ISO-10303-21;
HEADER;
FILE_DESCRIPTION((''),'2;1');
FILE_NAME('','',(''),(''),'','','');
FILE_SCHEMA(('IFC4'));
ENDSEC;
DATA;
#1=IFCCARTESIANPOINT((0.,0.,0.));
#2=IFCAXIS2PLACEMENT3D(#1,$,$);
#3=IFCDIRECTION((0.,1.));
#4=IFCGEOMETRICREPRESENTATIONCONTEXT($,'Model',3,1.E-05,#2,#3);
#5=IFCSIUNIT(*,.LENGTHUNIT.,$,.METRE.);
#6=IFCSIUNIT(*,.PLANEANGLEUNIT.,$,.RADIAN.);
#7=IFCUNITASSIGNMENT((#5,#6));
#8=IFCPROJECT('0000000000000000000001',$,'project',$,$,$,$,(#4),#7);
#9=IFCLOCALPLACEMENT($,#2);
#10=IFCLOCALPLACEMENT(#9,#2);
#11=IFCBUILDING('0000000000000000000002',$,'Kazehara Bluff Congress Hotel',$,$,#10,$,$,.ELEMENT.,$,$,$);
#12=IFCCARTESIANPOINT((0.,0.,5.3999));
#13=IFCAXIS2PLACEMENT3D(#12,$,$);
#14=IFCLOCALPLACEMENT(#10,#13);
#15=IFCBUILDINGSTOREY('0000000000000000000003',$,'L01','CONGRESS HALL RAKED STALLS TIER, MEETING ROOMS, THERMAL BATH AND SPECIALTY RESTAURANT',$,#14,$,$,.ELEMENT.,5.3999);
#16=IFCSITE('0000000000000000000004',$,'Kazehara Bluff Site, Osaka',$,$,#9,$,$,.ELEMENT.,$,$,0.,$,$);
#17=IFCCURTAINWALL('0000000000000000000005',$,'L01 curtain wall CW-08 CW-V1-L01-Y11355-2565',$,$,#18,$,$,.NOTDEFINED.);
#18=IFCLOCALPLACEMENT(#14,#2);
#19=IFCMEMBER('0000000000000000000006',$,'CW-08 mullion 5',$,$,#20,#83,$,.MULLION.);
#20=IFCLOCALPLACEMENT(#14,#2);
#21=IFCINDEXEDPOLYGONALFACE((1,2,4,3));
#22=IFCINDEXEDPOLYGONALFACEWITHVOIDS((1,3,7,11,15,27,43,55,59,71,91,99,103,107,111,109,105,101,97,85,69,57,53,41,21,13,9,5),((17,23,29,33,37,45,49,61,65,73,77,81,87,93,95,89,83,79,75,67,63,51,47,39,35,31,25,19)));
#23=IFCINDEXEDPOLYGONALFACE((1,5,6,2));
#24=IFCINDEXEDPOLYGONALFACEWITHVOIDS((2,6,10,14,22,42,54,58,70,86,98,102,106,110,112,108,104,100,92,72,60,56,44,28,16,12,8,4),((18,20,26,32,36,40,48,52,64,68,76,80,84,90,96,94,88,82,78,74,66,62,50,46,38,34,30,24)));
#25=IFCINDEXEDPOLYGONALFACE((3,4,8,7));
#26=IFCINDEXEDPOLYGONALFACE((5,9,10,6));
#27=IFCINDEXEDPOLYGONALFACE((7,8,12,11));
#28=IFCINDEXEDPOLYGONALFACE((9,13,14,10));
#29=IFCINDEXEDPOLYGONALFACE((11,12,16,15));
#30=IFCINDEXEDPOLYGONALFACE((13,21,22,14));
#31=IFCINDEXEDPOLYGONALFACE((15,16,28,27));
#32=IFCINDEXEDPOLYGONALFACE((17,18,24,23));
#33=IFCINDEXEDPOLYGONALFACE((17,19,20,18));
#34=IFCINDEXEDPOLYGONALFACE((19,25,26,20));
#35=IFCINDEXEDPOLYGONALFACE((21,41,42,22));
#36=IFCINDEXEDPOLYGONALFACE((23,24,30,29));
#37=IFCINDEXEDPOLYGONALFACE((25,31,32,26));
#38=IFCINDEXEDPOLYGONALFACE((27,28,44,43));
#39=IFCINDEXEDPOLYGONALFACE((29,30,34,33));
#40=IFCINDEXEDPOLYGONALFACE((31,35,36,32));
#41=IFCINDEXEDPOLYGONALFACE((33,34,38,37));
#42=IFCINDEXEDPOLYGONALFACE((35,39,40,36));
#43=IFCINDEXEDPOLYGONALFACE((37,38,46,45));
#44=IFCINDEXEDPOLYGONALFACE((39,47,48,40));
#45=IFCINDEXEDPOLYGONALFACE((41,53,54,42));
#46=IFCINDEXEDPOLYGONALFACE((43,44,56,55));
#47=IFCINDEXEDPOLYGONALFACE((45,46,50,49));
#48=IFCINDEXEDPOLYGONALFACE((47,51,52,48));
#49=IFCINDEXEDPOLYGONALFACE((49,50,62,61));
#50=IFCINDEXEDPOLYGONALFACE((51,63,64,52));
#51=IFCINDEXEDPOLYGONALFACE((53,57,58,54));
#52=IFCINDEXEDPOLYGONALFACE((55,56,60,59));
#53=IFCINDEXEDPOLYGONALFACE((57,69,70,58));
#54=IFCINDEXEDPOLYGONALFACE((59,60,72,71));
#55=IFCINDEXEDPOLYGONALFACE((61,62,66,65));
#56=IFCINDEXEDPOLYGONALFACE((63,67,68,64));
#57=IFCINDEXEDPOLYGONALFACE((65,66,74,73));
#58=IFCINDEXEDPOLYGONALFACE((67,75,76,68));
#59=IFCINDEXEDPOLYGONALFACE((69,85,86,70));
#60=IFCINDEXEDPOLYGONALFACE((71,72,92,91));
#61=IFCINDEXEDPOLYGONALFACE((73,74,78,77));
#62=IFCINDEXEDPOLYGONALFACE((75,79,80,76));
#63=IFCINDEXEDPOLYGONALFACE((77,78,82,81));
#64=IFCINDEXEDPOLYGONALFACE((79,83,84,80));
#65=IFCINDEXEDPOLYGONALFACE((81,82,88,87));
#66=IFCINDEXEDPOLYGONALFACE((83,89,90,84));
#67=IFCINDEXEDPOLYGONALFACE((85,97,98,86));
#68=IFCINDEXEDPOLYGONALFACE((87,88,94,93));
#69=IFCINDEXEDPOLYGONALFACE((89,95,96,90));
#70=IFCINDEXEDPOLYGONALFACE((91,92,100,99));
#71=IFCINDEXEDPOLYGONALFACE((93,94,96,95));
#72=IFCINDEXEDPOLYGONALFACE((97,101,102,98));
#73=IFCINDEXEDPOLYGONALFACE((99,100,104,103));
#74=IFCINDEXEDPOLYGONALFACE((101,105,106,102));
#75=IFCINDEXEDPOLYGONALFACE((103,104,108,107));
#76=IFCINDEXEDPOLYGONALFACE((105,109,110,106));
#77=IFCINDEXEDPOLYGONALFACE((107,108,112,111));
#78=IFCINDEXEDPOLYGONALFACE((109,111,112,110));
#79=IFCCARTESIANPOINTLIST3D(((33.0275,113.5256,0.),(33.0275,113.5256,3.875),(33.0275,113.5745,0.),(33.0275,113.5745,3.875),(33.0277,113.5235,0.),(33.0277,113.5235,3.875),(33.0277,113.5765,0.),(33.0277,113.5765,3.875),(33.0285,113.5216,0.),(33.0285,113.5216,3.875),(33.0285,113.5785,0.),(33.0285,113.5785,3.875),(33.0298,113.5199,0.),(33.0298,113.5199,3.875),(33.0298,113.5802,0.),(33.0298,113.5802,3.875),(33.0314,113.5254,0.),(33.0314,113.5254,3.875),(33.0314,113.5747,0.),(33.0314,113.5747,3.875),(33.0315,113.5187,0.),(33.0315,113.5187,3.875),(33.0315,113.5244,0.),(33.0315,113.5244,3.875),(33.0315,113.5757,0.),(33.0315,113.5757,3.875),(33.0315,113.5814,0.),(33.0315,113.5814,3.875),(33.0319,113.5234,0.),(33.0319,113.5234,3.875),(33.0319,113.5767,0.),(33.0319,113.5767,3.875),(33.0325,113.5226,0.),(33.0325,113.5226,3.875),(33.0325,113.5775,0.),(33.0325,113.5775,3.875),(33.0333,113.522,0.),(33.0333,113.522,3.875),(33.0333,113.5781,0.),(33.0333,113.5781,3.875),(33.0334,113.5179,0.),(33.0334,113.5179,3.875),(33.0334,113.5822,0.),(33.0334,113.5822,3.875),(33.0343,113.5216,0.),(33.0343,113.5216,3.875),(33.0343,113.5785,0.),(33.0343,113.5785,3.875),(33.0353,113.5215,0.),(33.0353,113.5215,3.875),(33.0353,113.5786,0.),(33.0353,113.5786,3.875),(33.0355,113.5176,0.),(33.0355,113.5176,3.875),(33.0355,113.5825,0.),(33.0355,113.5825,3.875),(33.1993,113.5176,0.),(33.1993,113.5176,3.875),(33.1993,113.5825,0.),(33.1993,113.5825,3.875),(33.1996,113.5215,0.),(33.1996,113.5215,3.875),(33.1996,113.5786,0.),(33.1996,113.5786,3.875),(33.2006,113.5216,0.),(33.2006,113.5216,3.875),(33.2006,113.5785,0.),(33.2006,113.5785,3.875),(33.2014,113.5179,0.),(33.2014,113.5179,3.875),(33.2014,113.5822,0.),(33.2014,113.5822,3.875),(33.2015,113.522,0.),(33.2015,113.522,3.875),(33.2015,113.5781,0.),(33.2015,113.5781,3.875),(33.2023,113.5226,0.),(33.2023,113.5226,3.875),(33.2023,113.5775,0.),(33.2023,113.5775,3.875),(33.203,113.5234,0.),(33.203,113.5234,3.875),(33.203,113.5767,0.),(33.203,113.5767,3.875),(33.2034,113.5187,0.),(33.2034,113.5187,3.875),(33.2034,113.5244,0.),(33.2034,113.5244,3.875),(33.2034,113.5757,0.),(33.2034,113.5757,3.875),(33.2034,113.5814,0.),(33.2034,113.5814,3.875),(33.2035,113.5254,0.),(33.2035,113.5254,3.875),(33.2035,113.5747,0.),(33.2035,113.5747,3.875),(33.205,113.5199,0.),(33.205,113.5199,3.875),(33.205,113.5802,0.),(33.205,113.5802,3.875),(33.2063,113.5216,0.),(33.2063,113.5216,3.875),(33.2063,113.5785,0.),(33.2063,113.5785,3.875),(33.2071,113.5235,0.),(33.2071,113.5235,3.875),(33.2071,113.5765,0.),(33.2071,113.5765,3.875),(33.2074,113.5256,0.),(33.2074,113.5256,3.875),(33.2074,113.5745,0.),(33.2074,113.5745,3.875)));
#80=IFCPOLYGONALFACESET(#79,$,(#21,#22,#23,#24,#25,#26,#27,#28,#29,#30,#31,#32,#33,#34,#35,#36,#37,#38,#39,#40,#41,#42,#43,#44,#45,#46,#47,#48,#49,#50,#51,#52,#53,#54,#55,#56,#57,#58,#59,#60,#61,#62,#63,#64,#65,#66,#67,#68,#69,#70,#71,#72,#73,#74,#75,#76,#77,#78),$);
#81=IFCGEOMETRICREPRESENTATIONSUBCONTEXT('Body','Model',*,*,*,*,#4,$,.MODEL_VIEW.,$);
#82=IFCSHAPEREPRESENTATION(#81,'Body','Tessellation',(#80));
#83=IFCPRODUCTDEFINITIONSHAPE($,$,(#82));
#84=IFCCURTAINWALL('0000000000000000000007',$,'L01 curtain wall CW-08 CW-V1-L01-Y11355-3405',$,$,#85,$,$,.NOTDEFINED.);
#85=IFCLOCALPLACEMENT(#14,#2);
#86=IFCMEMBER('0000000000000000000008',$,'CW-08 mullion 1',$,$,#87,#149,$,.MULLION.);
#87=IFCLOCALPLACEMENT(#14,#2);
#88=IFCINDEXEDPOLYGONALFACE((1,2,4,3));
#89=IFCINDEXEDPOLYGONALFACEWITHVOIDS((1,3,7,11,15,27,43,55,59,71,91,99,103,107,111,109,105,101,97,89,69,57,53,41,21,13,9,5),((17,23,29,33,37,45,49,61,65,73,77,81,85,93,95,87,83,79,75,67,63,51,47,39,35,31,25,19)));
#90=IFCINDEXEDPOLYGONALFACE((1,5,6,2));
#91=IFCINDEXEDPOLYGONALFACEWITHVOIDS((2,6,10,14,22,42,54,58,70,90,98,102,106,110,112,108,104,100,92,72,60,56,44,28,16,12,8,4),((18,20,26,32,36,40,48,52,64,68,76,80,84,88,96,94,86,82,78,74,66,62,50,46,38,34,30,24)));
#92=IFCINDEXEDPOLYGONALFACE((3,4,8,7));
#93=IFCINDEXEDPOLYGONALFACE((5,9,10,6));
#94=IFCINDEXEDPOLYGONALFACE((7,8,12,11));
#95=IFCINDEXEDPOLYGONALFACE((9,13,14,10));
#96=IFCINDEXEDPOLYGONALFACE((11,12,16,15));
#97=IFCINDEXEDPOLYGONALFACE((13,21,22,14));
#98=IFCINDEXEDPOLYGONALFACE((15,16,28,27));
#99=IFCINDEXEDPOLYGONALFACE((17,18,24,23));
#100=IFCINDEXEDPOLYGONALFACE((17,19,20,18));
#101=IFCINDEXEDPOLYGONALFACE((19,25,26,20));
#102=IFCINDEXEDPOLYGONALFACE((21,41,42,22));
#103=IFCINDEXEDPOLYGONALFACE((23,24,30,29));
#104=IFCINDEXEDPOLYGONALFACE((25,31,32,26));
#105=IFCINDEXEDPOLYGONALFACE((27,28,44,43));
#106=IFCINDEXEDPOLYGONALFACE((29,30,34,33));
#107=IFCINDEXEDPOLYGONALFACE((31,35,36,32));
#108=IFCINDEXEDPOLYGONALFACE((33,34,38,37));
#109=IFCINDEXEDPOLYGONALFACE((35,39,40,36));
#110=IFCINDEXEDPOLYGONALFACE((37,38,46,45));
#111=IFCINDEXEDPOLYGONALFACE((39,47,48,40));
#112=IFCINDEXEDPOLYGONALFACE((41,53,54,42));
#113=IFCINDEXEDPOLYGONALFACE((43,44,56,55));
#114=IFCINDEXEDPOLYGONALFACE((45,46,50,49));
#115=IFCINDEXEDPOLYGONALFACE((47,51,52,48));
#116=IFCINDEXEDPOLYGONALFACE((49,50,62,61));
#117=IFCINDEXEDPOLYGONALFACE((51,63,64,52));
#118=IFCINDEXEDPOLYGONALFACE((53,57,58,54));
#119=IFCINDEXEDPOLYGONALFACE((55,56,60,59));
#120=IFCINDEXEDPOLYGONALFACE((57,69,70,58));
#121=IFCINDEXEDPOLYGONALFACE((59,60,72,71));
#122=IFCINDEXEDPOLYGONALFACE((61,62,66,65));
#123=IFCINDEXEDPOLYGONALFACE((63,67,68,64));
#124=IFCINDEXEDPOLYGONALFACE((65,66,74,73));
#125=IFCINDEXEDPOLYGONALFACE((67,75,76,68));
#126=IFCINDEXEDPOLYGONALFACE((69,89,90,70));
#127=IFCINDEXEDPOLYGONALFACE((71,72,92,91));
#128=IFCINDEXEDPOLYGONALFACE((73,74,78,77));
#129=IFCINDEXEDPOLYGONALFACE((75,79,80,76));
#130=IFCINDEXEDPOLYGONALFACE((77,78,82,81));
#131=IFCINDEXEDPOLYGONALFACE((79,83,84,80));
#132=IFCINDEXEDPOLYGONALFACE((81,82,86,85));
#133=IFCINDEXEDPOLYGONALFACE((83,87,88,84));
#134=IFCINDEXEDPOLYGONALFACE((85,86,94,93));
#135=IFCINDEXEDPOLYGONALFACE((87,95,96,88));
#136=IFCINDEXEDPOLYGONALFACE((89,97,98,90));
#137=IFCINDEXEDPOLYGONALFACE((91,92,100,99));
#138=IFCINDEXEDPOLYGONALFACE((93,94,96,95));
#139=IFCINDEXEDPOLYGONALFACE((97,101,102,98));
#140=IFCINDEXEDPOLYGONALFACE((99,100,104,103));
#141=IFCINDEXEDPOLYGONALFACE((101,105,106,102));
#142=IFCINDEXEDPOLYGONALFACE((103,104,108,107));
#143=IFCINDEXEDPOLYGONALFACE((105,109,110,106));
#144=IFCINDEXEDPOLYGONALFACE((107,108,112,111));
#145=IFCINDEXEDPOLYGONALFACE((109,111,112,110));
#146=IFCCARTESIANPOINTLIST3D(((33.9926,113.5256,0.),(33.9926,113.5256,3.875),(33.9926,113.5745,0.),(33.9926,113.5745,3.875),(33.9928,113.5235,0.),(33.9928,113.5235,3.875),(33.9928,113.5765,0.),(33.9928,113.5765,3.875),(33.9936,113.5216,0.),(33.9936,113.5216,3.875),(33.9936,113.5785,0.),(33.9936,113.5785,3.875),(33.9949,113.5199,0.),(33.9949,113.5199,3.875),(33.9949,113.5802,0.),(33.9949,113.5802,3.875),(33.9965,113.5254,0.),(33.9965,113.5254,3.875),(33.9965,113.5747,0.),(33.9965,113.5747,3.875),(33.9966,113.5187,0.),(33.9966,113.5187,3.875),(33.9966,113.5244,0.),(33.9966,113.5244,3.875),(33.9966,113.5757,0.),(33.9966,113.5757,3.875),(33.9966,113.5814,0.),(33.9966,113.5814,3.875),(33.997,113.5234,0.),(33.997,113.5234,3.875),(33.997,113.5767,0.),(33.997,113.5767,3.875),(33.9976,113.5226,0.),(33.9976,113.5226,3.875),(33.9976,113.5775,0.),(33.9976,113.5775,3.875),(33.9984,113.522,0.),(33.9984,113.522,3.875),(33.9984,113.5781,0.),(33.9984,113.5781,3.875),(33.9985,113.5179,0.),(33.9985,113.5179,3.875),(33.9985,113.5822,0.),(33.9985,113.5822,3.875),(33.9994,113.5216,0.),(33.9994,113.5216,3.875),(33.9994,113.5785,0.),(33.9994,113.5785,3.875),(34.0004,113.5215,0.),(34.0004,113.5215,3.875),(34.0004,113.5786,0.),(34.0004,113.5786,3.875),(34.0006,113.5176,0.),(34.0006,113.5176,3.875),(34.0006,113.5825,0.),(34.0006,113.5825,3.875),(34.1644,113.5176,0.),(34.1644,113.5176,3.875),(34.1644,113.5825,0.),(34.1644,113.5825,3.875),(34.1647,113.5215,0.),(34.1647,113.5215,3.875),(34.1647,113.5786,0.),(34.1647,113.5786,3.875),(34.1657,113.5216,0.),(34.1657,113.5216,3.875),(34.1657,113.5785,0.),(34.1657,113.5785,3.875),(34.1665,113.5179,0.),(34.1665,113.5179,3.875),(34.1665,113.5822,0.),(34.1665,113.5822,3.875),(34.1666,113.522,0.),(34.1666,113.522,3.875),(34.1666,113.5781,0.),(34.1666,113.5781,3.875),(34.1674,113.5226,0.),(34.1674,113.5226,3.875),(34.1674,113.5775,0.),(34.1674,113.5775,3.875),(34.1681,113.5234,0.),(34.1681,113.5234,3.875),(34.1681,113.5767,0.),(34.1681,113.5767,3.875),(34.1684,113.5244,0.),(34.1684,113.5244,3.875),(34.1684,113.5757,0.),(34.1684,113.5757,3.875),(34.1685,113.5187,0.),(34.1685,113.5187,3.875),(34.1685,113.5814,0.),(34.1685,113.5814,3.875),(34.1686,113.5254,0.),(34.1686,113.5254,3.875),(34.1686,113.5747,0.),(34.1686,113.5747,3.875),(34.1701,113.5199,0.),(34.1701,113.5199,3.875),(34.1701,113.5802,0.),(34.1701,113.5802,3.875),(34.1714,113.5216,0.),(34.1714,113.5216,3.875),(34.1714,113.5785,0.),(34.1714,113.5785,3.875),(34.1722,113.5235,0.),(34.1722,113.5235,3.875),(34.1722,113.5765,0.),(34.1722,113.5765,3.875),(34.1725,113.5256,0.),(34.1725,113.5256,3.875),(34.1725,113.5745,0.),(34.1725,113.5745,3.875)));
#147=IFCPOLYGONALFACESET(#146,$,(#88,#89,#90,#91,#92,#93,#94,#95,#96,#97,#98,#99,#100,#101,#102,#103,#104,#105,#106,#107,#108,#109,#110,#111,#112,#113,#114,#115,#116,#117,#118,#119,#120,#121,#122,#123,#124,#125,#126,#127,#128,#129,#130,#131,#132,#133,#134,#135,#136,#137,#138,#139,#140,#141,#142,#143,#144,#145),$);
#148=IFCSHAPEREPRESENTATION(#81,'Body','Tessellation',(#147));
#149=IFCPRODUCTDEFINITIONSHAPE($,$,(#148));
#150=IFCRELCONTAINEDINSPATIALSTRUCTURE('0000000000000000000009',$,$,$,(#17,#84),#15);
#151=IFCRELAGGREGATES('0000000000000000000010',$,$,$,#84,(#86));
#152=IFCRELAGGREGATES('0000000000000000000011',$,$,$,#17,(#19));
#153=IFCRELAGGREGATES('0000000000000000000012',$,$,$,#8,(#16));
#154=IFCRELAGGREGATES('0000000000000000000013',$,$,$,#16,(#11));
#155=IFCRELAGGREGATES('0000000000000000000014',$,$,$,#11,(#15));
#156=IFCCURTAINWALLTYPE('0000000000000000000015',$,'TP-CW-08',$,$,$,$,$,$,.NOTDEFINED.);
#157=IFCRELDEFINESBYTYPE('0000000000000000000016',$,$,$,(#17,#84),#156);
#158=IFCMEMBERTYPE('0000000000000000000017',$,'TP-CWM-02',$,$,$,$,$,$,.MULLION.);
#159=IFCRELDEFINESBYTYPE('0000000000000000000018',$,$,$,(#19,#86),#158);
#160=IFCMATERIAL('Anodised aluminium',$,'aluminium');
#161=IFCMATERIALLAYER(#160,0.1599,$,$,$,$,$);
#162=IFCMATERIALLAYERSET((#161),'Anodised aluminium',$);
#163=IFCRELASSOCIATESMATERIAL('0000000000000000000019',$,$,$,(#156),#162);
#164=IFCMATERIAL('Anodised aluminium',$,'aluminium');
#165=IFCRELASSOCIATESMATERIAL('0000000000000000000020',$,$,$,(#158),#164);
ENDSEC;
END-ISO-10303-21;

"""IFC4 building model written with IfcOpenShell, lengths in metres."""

from ifc_helpers import new_model, si_unit, direction, frame, origin, origin_2d, place, context, subcontext, project, spatial, hollow_rectangle, extrude, material, layer, layer_set, material_profile, profile_set, type_object, element, aggregate, save


model = new_model("IFC4")

# Units and contexts
model_context = context("Model", 3, precision=1e-05, world=origin(), true_north=direction((0.0, 1.0)))
body_context = subcontext(model_context, "Body", "Model", "MODEL_VIEW")
ifc_project = project(units=[si_unit("LENGTHUNIT", "METRE"), si_unit("PLANEANGLEUNIT", "RADIAN")], contexts=[model_context])

# Site, building, storey
site_placement = place(None, origin())
site = spatial("IfcSite", under=ifc_project, at=site_placement, Name="Kazehara Bluff Site, Osaka", CompositionType="ELEMENT", RefElevation=0.0)
building_placement = place(site_placement, origin())
building = spatial("IfcBuilding", under=site, at=building_placement, Name="Kazehara Bluff Congress Hotel", CompositionType="ELEMENT")
storey_placement = place(building_placement, frame((0.0, 0.0, 5.3999)))
storey = spatial("IfcBuildingStorey", under=building, at=storey_placement, Name="L01", Description="CONGRESS HALL RAKED STALLS TIER, MEETING ROOMS, THERMAL BATH AND SPECIALTY RESTAURANT", CompositionType="ELEMENT", Elevation=5.3999)

# Curtain wall, member
ifc_material_1 = material(Name="Anodised aluminium", Category="aluminium")
ifc_layer_1 = layer(ifc_material_1, 0.1599)
ifc_layer_set_1 = layer_set([ifc_layer_1], Name="Anodised aluminium")
curtain_wall_type = type_object("IfcCurtainWallType", Name="TP-CW-08", PredefinedType="NOTDEFINED", material=ifc_layer_set_1)
curtain_wall_1_placement = place(storey_placement, origin())
curtain_wall_1 = element("IfcCurtainWall", 1, at=curtain_wall_1_placement, inside=storey, type_object=curtain_wall_type, Name="L01 curtain wall CW-08 CW-V1-L01-Y11355-2565", PredefinedType="NOTDEFINED")
ifc_material_2 = material(Name="Anodised aluminium", Category="aluminium")
ifc_material_profile_1 = material_profile(ifc_material_2, hollow_rectangle(XDim=0.0649, YDim=0.1799, WallThickness=0.0039, InnerFilletRadius=0.0039, OuterFilletRadius=0.0081, at=origin_2d()))
ifc_profile_set_1 = profile_set([ifc_material_profile_1], Name="Anodised aluminium")
member_type_1 = type_object("IfcMemberType", Name="TP-CWM-02", PredefinedType="MULLION", material=ifc_profile_set_1)
member_1_placement = place(storey_placement, frame((33.1174, 113.55, 0.0), z_axis=(0.0, 0.0, 1.0), x_axis=(0.0, 1.0, 0.0)))
member_1 = element("IfcMember", 2, at=member_1_placement, type_object=member_type_1, Name="CW-08 mullion 5", PredefinedType="MULLION", context=body_context, shape_type="SweptSolid", body=[
    extrude(hollow_rectangle(XDim=0.0649, YDim=0.1799, WallThickness=0.0039, InnerFilletRadius=0.0039, OuterFilletRadius=0.0081, at=origin_2d()), origin(), (0.0, 0.0, 1.0), 3.875),
])

# Curtain wall, member
curtain_wall_2_placement = place(storey_placement, origin())
curtain_wall_2 = element("IfcCurtainWall", 3, at=curtain_wall_2_placement, inside=storey, type_object=curtain_wall_type, Name="L01 curtain wall CW-08 CW-V1-L01-Y11355-3405", PredefinedType="NOTDEFINED")
member_2_placement = place(storey_placement, frame((34.0825, 113.55, 0.0), z_axis=(0.0, 0.0, 1.0), x_axis=(0.0, 1.0, 0.0)))
member_2 = element("IfcMember", 4, at=member_2_placement, type_object=member_type_1, Name="CW-08 mullion 1", PredefinedType="MULLION", context=body_context, shape_type="SweptSolid", body=[
    extrude(hollow_rectangle(XDim=0.0649, YDim=0.1799, WallThickness=0.0039, InnerFilletRadius=0.0039, OuterFilletRadius=0.0081, at=origin_2d()), origin(), (0.0, 0.0, 1.0), 3.875),
])

aggregate(curtain_wall_2, [member_2])

aggregate(curtain_wall_1, [member_1])

save(model, "model.ifc")
